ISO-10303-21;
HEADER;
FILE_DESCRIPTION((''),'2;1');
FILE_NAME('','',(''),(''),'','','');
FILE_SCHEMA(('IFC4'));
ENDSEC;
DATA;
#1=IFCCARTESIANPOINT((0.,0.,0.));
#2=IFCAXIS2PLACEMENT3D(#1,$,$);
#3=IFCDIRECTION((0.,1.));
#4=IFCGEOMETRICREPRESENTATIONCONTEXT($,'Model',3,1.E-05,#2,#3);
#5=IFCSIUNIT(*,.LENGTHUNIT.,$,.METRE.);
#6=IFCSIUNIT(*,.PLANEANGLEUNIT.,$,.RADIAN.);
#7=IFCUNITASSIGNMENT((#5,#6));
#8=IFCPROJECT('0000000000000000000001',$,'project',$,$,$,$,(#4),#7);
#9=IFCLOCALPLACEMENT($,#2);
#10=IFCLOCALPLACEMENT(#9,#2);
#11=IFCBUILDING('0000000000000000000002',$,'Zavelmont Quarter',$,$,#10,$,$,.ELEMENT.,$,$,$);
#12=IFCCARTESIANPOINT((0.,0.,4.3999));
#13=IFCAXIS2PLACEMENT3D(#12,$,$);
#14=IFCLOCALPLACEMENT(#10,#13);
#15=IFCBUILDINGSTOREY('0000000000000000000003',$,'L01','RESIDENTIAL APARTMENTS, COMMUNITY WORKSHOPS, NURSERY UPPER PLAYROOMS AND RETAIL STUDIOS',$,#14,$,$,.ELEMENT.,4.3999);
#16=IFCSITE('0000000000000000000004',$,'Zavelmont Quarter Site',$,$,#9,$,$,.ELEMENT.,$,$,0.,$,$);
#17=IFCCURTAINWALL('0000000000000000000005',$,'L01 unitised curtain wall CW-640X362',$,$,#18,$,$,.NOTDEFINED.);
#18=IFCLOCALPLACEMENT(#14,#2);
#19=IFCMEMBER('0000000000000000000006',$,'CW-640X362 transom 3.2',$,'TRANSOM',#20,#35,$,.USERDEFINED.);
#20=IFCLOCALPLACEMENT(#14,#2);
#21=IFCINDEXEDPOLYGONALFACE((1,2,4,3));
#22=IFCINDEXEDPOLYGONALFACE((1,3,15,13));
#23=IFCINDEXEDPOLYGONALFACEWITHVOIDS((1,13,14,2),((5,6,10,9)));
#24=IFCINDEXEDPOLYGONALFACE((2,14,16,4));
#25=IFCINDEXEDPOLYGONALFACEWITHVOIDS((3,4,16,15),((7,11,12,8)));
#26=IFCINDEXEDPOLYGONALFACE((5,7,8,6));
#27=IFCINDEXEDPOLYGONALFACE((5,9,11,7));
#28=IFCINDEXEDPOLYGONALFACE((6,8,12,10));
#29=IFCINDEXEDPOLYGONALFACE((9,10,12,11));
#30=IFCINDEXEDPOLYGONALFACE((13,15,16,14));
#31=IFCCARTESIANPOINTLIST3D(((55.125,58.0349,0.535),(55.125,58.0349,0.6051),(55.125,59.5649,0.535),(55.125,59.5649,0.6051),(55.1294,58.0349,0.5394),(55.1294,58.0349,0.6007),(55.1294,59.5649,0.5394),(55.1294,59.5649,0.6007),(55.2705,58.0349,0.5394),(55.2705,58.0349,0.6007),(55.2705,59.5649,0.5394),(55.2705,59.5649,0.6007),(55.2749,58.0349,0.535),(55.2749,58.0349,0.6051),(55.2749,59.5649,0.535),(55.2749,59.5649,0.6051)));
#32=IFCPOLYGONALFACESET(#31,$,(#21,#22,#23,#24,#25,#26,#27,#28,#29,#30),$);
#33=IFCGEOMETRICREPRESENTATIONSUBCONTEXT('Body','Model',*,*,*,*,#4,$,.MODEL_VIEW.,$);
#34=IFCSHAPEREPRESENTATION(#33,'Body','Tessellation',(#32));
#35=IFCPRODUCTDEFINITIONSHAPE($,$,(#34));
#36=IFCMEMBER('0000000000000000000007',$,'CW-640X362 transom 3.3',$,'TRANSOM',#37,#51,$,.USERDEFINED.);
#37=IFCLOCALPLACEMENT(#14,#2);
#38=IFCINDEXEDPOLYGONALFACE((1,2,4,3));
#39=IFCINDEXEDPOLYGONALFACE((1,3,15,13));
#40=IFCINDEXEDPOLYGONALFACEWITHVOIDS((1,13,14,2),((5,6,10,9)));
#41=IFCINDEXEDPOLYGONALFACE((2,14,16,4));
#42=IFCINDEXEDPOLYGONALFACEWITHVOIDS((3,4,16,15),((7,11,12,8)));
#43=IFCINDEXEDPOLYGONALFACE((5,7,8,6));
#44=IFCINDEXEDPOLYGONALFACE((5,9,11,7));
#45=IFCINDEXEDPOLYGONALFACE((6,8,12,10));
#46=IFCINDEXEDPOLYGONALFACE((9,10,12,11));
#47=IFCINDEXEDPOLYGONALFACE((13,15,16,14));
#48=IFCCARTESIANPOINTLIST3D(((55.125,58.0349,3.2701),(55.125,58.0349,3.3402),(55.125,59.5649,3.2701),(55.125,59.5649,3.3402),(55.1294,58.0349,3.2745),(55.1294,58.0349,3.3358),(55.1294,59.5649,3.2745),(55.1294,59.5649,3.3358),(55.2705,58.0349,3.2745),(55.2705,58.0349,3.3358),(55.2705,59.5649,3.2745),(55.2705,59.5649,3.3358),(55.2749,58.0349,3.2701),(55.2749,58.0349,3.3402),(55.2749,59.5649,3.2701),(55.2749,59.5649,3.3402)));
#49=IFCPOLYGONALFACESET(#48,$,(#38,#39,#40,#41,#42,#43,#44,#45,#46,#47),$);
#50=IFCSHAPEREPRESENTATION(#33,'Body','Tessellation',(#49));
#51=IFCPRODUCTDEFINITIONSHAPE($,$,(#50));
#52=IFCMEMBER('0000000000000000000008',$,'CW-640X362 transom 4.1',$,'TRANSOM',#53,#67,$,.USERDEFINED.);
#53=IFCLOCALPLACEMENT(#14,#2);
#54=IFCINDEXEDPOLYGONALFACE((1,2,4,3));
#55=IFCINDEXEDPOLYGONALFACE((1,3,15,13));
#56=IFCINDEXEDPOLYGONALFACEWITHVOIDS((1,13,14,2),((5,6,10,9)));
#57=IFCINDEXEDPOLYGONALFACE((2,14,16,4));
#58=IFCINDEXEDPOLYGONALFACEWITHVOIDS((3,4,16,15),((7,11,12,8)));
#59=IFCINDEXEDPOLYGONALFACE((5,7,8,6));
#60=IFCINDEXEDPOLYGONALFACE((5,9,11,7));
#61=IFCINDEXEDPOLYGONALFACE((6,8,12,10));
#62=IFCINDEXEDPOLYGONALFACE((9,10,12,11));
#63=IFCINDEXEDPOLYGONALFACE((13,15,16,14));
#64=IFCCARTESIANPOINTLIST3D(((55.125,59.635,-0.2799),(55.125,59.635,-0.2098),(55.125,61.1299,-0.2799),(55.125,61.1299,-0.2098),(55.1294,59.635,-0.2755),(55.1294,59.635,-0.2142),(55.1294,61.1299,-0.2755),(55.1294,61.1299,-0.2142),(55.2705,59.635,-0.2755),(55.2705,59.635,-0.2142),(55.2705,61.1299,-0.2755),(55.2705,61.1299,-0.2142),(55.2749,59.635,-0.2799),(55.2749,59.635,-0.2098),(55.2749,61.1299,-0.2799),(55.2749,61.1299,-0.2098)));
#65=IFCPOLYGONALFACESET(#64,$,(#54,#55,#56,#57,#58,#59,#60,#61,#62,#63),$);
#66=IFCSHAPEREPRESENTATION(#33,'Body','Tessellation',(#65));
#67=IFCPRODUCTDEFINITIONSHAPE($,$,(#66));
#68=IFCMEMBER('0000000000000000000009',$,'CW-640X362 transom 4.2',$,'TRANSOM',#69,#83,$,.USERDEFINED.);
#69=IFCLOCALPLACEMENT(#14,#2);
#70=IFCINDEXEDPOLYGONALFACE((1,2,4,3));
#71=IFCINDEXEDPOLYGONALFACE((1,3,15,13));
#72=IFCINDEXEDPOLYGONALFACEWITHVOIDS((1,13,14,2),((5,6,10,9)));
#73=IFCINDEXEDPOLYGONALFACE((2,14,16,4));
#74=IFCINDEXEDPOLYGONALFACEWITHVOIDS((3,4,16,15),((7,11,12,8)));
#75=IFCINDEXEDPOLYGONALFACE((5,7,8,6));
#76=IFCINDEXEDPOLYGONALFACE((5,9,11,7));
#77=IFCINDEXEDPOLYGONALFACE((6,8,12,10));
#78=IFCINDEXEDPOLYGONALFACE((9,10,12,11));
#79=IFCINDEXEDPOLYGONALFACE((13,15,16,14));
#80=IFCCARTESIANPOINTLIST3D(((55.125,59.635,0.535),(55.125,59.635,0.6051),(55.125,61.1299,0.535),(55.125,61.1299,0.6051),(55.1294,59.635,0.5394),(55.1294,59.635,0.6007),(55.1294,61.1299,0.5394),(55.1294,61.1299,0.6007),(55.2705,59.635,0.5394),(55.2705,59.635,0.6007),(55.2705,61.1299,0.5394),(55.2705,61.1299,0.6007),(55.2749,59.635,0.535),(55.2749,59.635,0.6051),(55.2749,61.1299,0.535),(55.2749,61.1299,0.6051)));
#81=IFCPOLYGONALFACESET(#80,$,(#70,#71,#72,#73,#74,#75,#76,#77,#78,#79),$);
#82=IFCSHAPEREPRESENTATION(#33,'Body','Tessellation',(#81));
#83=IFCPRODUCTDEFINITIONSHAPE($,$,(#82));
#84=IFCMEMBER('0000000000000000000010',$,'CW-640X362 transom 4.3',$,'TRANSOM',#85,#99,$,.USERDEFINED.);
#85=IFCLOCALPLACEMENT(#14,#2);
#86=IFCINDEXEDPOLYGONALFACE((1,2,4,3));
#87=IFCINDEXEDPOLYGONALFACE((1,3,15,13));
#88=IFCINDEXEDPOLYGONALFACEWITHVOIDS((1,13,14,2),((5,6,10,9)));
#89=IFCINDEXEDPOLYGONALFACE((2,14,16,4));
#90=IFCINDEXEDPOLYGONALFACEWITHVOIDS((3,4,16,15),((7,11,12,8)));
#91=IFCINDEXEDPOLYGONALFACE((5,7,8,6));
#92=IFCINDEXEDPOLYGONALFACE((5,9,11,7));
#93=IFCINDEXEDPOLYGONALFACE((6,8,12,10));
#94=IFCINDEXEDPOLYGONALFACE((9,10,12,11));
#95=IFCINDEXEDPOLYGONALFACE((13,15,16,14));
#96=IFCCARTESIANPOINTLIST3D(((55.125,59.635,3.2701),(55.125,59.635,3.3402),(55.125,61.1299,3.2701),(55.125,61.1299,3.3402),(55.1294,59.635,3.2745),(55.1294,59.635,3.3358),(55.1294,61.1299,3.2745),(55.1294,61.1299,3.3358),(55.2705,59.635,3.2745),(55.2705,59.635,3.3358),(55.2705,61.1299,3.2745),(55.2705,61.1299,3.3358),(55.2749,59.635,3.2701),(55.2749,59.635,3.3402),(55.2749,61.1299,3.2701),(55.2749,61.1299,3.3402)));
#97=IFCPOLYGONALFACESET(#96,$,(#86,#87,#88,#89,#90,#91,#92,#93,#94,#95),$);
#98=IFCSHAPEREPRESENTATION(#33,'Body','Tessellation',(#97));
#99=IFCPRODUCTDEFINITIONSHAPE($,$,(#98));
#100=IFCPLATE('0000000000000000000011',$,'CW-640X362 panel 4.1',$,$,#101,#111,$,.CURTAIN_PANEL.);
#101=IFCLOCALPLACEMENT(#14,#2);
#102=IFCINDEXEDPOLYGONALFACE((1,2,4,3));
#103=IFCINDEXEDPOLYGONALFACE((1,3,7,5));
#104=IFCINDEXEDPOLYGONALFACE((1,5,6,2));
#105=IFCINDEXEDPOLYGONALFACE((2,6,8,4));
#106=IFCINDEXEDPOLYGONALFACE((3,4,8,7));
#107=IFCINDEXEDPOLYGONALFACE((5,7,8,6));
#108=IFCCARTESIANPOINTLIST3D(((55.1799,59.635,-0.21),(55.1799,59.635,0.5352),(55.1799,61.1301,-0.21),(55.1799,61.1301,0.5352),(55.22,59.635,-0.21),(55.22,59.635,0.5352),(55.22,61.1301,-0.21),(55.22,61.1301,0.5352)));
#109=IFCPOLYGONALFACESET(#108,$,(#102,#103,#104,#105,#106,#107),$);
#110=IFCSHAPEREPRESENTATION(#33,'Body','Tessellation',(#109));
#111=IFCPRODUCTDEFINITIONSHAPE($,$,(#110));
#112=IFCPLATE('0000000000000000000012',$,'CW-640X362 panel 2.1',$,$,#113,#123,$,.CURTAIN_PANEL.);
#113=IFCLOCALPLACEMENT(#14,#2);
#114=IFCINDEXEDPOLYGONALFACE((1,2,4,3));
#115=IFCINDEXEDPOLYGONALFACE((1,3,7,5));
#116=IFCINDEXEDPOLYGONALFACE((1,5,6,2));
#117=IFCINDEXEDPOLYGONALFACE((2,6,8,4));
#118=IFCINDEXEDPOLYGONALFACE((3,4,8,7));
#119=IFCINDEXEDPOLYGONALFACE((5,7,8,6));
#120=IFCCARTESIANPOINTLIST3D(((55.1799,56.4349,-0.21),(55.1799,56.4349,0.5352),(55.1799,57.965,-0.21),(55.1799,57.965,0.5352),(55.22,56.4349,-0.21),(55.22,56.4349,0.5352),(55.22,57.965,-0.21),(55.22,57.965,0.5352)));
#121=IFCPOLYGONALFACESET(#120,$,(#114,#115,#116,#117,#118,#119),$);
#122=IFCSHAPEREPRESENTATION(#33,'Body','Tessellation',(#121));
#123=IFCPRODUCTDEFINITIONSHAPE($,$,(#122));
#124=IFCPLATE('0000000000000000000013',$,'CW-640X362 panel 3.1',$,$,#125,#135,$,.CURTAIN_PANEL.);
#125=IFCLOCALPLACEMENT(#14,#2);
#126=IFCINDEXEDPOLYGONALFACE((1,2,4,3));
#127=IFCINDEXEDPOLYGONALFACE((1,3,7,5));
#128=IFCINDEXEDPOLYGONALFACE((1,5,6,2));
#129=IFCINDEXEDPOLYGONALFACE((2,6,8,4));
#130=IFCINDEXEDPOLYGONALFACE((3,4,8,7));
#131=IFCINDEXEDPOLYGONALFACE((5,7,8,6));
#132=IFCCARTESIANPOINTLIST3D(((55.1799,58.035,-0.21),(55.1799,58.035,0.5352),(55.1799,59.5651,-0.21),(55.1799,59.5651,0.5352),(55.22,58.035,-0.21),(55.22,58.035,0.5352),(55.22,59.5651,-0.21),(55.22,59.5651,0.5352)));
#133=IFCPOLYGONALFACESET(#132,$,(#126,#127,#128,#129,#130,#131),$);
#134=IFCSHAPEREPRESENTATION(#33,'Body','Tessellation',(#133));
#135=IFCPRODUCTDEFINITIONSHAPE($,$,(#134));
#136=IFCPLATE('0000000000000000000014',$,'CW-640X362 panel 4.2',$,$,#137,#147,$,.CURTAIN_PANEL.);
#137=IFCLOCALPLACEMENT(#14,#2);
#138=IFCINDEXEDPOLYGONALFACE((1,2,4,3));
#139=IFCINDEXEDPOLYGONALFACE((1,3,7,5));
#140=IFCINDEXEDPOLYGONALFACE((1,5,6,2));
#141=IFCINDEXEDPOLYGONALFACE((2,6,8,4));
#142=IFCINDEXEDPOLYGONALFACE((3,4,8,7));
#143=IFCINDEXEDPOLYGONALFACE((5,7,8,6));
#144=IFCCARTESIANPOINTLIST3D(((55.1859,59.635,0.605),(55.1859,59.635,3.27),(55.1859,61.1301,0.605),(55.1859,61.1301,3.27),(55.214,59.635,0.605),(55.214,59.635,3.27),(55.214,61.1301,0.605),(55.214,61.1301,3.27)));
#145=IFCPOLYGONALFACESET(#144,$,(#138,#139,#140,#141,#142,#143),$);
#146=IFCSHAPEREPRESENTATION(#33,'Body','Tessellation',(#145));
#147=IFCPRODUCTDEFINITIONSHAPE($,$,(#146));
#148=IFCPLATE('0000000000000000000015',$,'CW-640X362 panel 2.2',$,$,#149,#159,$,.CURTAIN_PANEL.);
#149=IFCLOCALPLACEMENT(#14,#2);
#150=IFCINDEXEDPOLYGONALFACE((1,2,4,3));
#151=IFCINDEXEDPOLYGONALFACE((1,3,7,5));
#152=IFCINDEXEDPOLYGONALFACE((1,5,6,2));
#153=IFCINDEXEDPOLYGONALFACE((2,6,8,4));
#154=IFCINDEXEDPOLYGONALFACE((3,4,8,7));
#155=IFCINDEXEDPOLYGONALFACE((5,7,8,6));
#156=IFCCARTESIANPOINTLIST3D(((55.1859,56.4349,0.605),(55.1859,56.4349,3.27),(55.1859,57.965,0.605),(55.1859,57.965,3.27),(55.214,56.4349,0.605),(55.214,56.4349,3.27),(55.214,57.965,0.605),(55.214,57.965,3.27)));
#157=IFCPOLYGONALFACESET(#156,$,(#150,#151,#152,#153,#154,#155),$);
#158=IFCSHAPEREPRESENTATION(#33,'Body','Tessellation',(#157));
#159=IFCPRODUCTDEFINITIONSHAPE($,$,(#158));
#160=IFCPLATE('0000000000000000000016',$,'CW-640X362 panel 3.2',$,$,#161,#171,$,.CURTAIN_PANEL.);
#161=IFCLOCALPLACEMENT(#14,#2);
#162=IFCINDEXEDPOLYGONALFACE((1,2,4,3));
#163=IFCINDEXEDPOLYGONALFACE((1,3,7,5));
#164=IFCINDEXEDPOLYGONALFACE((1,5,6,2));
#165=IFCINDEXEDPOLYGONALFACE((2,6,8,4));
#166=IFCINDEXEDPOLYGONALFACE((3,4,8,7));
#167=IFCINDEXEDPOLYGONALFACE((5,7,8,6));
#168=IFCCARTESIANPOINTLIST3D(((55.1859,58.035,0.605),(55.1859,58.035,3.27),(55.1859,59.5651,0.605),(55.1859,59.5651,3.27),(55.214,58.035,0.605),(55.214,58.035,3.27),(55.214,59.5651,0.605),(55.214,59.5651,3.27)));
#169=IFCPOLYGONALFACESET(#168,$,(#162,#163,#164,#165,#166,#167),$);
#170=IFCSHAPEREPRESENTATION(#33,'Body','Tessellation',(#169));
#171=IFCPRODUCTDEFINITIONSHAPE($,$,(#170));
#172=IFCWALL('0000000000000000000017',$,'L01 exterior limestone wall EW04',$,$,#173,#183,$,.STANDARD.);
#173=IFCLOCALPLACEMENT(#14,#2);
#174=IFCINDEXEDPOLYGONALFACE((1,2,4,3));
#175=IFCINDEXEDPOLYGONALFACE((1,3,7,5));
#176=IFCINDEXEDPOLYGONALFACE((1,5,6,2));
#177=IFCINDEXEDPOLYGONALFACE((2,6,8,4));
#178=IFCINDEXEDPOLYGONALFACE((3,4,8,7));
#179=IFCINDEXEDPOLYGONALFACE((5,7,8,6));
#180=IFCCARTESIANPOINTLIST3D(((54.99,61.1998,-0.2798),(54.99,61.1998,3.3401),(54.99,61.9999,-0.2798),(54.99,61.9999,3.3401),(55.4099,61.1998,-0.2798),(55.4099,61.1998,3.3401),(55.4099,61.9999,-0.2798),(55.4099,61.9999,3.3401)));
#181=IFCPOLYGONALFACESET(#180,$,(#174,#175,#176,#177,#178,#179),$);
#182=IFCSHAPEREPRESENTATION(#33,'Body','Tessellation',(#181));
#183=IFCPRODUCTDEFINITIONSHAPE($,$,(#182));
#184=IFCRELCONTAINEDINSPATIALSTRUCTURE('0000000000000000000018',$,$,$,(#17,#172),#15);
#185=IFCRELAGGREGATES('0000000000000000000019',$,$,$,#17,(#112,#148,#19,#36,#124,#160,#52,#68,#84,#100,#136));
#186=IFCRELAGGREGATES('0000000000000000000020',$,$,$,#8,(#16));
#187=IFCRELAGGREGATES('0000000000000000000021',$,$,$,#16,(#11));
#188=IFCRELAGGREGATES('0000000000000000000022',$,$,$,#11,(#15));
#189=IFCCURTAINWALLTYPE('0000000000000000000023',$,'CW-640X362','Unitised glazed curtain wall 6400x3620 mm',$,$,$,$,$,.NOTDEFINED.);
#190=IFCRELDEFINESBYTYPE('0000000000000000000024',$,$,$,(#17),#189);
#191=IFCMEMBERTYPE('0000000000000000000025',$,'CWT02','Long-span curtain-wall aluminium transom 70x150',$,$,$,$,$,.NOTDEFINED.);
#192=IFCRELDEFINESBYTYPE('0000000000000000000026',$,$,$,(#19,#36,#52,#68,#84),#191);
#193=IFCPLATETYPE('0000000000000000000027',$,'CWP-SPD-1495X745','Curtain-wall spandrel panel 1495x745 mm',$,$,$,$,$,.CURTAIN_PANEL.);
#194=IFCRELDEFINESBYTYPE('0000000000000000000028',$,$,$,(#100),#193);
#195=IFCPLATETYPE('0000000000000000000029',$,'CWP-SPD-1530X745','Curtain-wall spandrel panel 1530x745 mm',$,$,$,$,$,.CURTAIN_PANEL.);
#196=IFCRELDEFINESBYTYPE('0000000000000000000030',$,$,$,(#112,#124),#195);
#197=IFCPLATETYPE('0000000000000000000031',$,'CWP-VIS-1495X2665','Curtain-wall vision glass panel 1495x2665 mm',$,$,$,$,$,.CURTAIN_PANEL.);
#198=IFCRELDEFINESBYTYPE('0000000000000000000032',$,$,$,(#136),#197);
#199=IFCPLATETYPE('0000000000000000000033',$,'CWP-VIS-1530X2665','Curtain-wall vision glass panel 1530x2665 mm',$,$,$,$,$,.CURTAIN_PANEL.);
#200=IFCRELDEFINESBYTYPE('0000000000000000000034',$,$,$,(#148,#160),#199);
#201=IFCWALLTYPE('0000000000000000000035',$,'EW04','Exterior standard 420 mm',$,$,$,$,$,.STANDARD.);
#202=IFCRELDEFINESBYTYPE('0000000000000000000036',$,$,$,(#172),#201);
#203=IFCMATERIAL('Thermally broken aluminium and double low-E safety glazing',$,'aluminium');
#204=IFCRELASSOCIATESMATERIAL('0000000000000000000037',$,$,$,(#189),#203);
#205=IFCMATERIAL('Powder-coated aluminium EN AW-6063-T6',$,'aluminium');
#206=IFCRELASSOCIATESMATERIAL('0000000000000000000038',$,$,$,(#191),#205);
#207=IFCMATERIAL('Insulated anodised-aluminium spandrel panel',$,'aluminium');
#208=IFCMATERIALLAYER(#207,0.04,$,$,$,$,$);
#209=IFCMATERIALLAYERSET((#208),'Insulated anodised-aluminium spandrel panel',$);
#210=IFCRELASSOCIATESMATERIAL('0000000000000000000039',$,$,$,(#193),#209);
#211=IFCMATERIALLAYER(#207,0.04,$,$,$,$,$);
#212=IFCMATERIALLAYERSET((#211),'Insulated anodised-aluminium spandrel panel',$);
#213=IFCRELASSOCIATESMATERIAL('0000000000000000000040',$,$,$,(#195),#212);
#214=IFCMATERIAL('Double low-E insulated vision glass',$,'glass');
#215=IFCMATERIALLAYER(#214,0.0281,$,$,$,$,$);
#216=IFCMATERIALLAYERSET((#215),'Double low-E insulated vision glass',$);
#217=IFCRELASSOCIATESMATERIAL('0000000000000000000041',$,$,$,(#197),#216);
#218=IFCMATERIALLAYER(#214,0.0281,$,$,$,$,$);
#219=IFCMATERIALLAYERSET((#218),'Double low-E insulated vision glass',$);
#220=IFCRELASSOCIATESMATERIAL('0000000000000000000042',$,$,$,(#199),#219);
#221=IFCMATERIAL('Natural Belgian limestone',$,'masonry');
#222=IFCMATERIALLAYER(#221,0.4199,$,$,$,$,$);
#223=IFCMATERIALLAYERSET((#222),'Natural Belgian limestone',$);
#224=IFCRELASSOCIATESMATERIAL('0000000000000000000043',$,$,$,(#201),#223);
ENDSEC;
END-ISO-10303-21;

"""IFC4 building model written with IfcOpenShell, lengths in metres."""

from ifc_helpers import new_model, si_unit, direction, frame, frame_2d, origin, origin_2d, place, context, subcontext, project, spatial, rectangle, hollow_rectangle, extrude, material, layer, layer_set, material_profile, profile_set, type_object, element, aggregate, save


model = new_model("IFC4")

# Units and contexts
model_context = context("Model", 3, precision=1e-05, world=origin(), true_north=direction((0.0, 1.0)))
body_context = subcontext(model_context, "Body", "Model", "MODEL_VIEW")
ifc_project = project(units=[si_unit("LENGTHUNIT", "METRE"), si_unit("PLANEANGLEUNIT", "RADIAN")], contexts=[model_context])

# Site, building, storey
site_placement = place(None, origin())
site = spatial("IfcSite", under=ifc_project, at=site_placement, Name="Zavelmont Quarter Site", CompositionType="ELEMENT", RefElevation=0.0)
building_placement = place(site_placement, origin())
building = spatial("IfcBuilding", under=site, at=building_placement, Name="Zavelmont Quarter", CompositionType="ELEMENT")
storey_placement = place(building_placement, frame((0.0, 0.0, 4.3999)))
storey = spatial("IfcBuildingStorey", under=building, at=storey_placement, Name="L01", Description="RESIDENTIAL APARTMENTS, COMMUNITY WORKSHOPS, NURSERY UPPER PLAYROOMS AND RETAIL STUDIOS", CompositionType="ELEMENT", Elevation=4.3999)

# Curtain wall, members, plates
ifc_material_1 = material(Name="Thermally broken aluminium and double low-E safety glazing", Category="aluminium")
curtain_wall_type = type_object("IfcCurtainWallType", Name="CW-640X362", Description="Unitised glazed curtain wall 6400x3620 mm", PredefinedType="NOTDEFINED", material=ifc_material_1)
curtain_wall_placement = place(storey_placement, origin())
curtain_wall = element("IfcCurtainWall", 1, at=curtain_wall_placement, inside=storey, type_object=curtain_wall_type, Name="L01 unitised curtain wall CW-640X362", PredefinedType="NOTDEFINED")
ifc_material_2 = material(Name="Powder-coated aluminium EN AW-6063-T6", Category="aluminium")
ifc_material_profile_1 = material_profile(ifc_material_2, hollow_rectangle(XDim=0.1499, YDim=0.0701, WallThickness=0.0044, at=origin_2d()), Name="CWT70X150")
ifc_profile_set_1 = profile_set([ifc_material_profile_1], Name="Powder-coated aluminium EN AW-6063-T6")
member_type_1 = type_object("IfcMemberType", Name="CWT02", Description="Long-span curtain-wall aluminium transom 70x150", PredefinedType="NOTDEFINED", material=ifc_profile_set_1)
member_1_placement = place(storey_placement, frame((55.2, 58.0349, 0.5701), z_axis=(0.0, 1.0, 0.0), x_axis=(-1.0, 0.0, 0.0)))
member_1 = element("IfcMember", 2, at=member_1_placement, type_object=member_type_1, Name="CW-640X362 transom 3.2", ObjectType="TRANSOM", PredefinedType="USERDEFINED", context=body_context, shape_type="SweptSolid", body=[
    extrude(hollow_rectangle(XDim=0.1499, YDim=0.0701, WallThickness=0.0044, at=origin_2d()), origin(), (0.0, 0.0, 1.0), 1.53),
])
member_2_placement = place(storey_placement, frame((55.2, 58.0349, 3.3052), z_axis=(0.0, 1.0, 0.0), x_axis=(-1.0, 0.0, 0.0)))
member_2 = element("IfcMember", 3, at=member_2_placement, type_object=member_type_1, Name="CW-640X362 transom 3.3", ObjectType="TRANSOM", PredefinedType="USERDEFINED", context=body_context, shape_type="SweptSolid", body=[
    extrude(hollow_rectangle(XDim=0.1499, YDim=0.0701, WallThickness=0.0044, at=origin_2d()), origin(), (0.0, 0.0, 1.0), 1.53),
])
member_3_placement = place(storey_placement, frame((55.2, 59.635, -0.2449), z_axis=(0.0, 1.0, 0.0), x_axis=(-1.0, 0.0, 0.0)))
member_3 = element("IfcMember", 4, at=member_3_placement, type_object=member_type_1, Name="CW-640X362 transom 4.1", ObjectType="TRANSOM", PredefinedType="USERDEFINED", context=body_context, shape_type="SweptSolid", body=[
    extrude(hollow_rectangle(XDim=0.1499, YDim=0.0701, WallThickness=0.0044, at=origin_2d()), origin(), (0.0, 0.0, 1.0), 1.4949),
])
member_4_placement = place(storey_placement, frame((55.2, 59.635, 0.5701), z_axis=(0.0, 1.0, 0.0), x_axis=(-1.0, 0.0, 0.0)))
member_4 = element("IfcMember", 5, at=member_4_placement, type_object=member_type_1, Name="CW-640X362 transom 4.2", ObjectType="TRANSOM", PredefinedType="USERDEFINED", context=body_context, shape_type="SweptSolid", body=[
    extrude(hollow_rectangle(XDim=0.1499, YDim=0.0701, WallThickness=0.0044, at=origin_2d()), origin(), (0.0, 0.0, 1.0), 1.4949),
])
member_5_placement = place(storey_placement, frame((55.2, 59.635, 3.3052), z_axis=(0.0, 1.0, 0.0), x_axis=(-1.0, 0.0, 0.0)))
member_5 = element("IfcMember", 6, at=member_5_placement, type_object=member_type_1, Name="CW-640X362 transom 4.3", ObjectType="TRANSOM", PredefinedType="USERDEFINED", context=body_context, shape_type="SweptSolid", body=[
    extrude(hollow_rectangle(XDim=0.1499, YDim=0.0701, WallThickness=0.0044, at=origin_2d()), origin(), (0.0, 0.0, 1.0), 1.4949),
])
ifc_material_3 = material(Name="Insulated anodised-aluminium spandrel panel", Category="aluminium")
ifc_layer_1 = layer(ifc_material_3, 0.04)
ifc_layer_set_1 = layer_set([ifc_layer_1], Name="Insulated anodised-aluminium spandrel panel")
plate_type_1 = type_object("IfcPlateType", Name="CWP-SPD-1495X745", Description="Curtain-wall spandrel panel 1495x745 mm", PredefinedType="CURTAIN_PANEL", material=ifc_layer_set_1)
plate_1_placement = place(storey_placement, frame((55.2, 60.3826, -0.21), z_axis=(0.0, 0.0, 1.0), x_axis=(0.0, 1.0, 0.0)))
plate_1 = element("IfcPlate", 7, at=plate_1_placement, type_object=plate_type_1, Name="CW-640X362 panel 4.1", PredefinedType="CURTAIN_PANEL", context=body_context, shape_type="SweptSolid", body=[
    extrude(rectangle(XDim=1.4951, YDim=0.04, at=origin_2d()), origin(), (0.0, 0.0, 1.0), 0.7451),
])
ifc_layer_2 = layer(ifc_material_3, 0.04)
ifc_layer_set_2 = layer_set([ifc_layer_2], Name="Insulated anodised-aluminium spandrel panel")
plate_type_2 = type_object("IfcPlateType", Name="CWP-SPD-1530X745", Description="Curtain-wall spandrel panel 1530x745 mm", PredefinedType="CURTAIN_PANEL", material=ifc_layer_set_2)
plate_2_placement = place(storey_placement, frame((55.2, 57.2, -0.21), z_axis=(0.0, 0.0, 1.0), x_axis=(0.0, 1.0, 0.0)))
plate_2 = element("IfcPlate", 8, at=plate_2_placement, type_object=plate_type_2, Name="CW-640X362 panel 2.1", PredefinedType="CURTAIN_PANEL", context=body_context, shape_type="SweptSolid", body=[
    extrude(rectangle(XDim=1.53, YDim=0.04, at=origin_2d()), origin(), (0.0, 0.0, 1.0), 0.7451),
])
plate_3_placement = place(storey_placement, frame((55.2, 58.8, -0.21), z_axis=(0.0, 0.0, 1.0), x_axis=(0.0, 1.0, 0.0)))
plate_3 = element("IfcPlate", 9, at=plate_3_placement, type_object=plate_type_2, Name="CW-640X362 panel 3.1", PredefinedType="CURTAIN_PANEL", context=body_context, shape_type="SweptSolid", body=[
    extrude(rectangle(XDim=1.53, YDim=0.04, at=origin_2d()), origin(), (0.0, 0.0, 1.0), 0.7451),
])
ifc_material_4 = material(Name="Double low-E insulated vision glass", Category="glass")
ifc_layer_3 = layer(ifc_material_4, 0.0281)
ifc_layer_set_3 = layer_set([ifc_layer_3], Name="Double low-E insulated vision glass")
plate_type_3 = type_object("IfcPlateType", Name="CWP-VIS-1495X2665", Description="Curtain-wall vision glass panel 1495x2665 mm", PredefinedType="CURTAIN_PANEL", material=ifc_layer_set_3)
plate_4_placement = place(storey_placement, frame((55.2, 60.3826, 0.605), z_axis=(0.0, 0.0, 1.0), x_axis=(0.0, 1.0, 0.0)))
plate_4 = element("IfcPlate", 10, at=plate_4_placement, type_object=plate_type_3, Name="CW-640X362 panel 4.2", PredefinedType="CURTAIN_PANEL", context=body_context, shape_type="SweptSolid", body=[
    extrude(rectangle(XDim=1.4951, YDim=0.0281, at=origin_2d()), origin(), (0.0, 0.0, 1.0), 2.665),
])
ifc_layer_4 = layer(ifc_material_4, 0.0281)
ifc_layer_set_4 = layer_set([ifc_layer_4], Name="Double low-E insulated vision glass")
plate_type_4 = type_object("IfcPlateType", Name="CWP-VIS-1530X2665", Description="Curtain-wall vision glass panel 1530x2665 mm", PredefinedType="CURTAIN_PANEL", material=ifc_layer_set_4)
plate_5_placement = place(storey_placement, frame((55.2, 57.2, 0.605), z_axis=(0.0, 0.0, 1.0), x_axis=(0.0, 1.0, 0.0)))
plate_5 = element("IfcPlate", 11, at=plate_5_placement, type_object=plate_type_4, Name="CW-640X362 panel 2.2", PredefinedType="CURTAIN_PANEL", context=body_context, shape_type="SweptSolid", body=[
    extrude(rectangle(XDim=1.53, YDim=0.0281, at=origin_2d()), origin(), (0.0, 0.0, 1.0), 2.665),
])
plate_6_placement = place(storey_placement, frame((55.2, 58.8, 0.605), z_axis=(0.0, 0.0, 1.0), x_axis=(0.0, 1.0, 0.0)))
plate_6 = element("IfcPlate", 12, at=plate_6_placement, type_object=plate_type_4, Name="CW-640X362 panel 3.2", PredefinedType="CURTAIN_PANEL", context=body_context, shape_type="SweptSolid", body=[
    extrude(rectangle(XDim=1.53, YDim=0.0281, at=origin_2d()), origin(), (0.0, 0.0, 1.0), 2.665),
])
aggregate(curtain_wall, [plate_2, plate_5, member_1, member_2, plate_3, plate_6, member_3, member_4, member_5, plate_1, plate_4])

# Wall
ifc_material_5 = material(Name="Natural Belgian limestone", Category="masonry")
ifc_layer_5 = layer(ifc_material_5, 0.4199)
ifc_layer_set_5 = layer_set([ifc_layer_5], Name="Natural Belgian limestone")
wall_type = type_object("IfcWallType", Name="EW04", Description="Exterior standard 420 mm", PredefinedType="STANDARD", material=ifc_layer_set_5)
wall_placement = place(storey_placement, frame((55.2, 61.2, -0.2798), z_axis=(0.0, 0.0, 1.0), x_axis=(0.0, 1.0, 0.0)))
element("IfcWall", 13, at=wall_placement, inside=storey, type_object=wall_type, Name="L01 exterior limestone wall EW04", PredefinedType="STANDARD", context=body_context, shape_type="SweptSolid", body=[
    extrude(rectangle(XDim=0.8, YDim=0.4199, at=frame_2d((0.3999, 0.0))), origin(), (0.0, 0.0, 1.0), 3.6199),
])

save(model, "model.ifc")
